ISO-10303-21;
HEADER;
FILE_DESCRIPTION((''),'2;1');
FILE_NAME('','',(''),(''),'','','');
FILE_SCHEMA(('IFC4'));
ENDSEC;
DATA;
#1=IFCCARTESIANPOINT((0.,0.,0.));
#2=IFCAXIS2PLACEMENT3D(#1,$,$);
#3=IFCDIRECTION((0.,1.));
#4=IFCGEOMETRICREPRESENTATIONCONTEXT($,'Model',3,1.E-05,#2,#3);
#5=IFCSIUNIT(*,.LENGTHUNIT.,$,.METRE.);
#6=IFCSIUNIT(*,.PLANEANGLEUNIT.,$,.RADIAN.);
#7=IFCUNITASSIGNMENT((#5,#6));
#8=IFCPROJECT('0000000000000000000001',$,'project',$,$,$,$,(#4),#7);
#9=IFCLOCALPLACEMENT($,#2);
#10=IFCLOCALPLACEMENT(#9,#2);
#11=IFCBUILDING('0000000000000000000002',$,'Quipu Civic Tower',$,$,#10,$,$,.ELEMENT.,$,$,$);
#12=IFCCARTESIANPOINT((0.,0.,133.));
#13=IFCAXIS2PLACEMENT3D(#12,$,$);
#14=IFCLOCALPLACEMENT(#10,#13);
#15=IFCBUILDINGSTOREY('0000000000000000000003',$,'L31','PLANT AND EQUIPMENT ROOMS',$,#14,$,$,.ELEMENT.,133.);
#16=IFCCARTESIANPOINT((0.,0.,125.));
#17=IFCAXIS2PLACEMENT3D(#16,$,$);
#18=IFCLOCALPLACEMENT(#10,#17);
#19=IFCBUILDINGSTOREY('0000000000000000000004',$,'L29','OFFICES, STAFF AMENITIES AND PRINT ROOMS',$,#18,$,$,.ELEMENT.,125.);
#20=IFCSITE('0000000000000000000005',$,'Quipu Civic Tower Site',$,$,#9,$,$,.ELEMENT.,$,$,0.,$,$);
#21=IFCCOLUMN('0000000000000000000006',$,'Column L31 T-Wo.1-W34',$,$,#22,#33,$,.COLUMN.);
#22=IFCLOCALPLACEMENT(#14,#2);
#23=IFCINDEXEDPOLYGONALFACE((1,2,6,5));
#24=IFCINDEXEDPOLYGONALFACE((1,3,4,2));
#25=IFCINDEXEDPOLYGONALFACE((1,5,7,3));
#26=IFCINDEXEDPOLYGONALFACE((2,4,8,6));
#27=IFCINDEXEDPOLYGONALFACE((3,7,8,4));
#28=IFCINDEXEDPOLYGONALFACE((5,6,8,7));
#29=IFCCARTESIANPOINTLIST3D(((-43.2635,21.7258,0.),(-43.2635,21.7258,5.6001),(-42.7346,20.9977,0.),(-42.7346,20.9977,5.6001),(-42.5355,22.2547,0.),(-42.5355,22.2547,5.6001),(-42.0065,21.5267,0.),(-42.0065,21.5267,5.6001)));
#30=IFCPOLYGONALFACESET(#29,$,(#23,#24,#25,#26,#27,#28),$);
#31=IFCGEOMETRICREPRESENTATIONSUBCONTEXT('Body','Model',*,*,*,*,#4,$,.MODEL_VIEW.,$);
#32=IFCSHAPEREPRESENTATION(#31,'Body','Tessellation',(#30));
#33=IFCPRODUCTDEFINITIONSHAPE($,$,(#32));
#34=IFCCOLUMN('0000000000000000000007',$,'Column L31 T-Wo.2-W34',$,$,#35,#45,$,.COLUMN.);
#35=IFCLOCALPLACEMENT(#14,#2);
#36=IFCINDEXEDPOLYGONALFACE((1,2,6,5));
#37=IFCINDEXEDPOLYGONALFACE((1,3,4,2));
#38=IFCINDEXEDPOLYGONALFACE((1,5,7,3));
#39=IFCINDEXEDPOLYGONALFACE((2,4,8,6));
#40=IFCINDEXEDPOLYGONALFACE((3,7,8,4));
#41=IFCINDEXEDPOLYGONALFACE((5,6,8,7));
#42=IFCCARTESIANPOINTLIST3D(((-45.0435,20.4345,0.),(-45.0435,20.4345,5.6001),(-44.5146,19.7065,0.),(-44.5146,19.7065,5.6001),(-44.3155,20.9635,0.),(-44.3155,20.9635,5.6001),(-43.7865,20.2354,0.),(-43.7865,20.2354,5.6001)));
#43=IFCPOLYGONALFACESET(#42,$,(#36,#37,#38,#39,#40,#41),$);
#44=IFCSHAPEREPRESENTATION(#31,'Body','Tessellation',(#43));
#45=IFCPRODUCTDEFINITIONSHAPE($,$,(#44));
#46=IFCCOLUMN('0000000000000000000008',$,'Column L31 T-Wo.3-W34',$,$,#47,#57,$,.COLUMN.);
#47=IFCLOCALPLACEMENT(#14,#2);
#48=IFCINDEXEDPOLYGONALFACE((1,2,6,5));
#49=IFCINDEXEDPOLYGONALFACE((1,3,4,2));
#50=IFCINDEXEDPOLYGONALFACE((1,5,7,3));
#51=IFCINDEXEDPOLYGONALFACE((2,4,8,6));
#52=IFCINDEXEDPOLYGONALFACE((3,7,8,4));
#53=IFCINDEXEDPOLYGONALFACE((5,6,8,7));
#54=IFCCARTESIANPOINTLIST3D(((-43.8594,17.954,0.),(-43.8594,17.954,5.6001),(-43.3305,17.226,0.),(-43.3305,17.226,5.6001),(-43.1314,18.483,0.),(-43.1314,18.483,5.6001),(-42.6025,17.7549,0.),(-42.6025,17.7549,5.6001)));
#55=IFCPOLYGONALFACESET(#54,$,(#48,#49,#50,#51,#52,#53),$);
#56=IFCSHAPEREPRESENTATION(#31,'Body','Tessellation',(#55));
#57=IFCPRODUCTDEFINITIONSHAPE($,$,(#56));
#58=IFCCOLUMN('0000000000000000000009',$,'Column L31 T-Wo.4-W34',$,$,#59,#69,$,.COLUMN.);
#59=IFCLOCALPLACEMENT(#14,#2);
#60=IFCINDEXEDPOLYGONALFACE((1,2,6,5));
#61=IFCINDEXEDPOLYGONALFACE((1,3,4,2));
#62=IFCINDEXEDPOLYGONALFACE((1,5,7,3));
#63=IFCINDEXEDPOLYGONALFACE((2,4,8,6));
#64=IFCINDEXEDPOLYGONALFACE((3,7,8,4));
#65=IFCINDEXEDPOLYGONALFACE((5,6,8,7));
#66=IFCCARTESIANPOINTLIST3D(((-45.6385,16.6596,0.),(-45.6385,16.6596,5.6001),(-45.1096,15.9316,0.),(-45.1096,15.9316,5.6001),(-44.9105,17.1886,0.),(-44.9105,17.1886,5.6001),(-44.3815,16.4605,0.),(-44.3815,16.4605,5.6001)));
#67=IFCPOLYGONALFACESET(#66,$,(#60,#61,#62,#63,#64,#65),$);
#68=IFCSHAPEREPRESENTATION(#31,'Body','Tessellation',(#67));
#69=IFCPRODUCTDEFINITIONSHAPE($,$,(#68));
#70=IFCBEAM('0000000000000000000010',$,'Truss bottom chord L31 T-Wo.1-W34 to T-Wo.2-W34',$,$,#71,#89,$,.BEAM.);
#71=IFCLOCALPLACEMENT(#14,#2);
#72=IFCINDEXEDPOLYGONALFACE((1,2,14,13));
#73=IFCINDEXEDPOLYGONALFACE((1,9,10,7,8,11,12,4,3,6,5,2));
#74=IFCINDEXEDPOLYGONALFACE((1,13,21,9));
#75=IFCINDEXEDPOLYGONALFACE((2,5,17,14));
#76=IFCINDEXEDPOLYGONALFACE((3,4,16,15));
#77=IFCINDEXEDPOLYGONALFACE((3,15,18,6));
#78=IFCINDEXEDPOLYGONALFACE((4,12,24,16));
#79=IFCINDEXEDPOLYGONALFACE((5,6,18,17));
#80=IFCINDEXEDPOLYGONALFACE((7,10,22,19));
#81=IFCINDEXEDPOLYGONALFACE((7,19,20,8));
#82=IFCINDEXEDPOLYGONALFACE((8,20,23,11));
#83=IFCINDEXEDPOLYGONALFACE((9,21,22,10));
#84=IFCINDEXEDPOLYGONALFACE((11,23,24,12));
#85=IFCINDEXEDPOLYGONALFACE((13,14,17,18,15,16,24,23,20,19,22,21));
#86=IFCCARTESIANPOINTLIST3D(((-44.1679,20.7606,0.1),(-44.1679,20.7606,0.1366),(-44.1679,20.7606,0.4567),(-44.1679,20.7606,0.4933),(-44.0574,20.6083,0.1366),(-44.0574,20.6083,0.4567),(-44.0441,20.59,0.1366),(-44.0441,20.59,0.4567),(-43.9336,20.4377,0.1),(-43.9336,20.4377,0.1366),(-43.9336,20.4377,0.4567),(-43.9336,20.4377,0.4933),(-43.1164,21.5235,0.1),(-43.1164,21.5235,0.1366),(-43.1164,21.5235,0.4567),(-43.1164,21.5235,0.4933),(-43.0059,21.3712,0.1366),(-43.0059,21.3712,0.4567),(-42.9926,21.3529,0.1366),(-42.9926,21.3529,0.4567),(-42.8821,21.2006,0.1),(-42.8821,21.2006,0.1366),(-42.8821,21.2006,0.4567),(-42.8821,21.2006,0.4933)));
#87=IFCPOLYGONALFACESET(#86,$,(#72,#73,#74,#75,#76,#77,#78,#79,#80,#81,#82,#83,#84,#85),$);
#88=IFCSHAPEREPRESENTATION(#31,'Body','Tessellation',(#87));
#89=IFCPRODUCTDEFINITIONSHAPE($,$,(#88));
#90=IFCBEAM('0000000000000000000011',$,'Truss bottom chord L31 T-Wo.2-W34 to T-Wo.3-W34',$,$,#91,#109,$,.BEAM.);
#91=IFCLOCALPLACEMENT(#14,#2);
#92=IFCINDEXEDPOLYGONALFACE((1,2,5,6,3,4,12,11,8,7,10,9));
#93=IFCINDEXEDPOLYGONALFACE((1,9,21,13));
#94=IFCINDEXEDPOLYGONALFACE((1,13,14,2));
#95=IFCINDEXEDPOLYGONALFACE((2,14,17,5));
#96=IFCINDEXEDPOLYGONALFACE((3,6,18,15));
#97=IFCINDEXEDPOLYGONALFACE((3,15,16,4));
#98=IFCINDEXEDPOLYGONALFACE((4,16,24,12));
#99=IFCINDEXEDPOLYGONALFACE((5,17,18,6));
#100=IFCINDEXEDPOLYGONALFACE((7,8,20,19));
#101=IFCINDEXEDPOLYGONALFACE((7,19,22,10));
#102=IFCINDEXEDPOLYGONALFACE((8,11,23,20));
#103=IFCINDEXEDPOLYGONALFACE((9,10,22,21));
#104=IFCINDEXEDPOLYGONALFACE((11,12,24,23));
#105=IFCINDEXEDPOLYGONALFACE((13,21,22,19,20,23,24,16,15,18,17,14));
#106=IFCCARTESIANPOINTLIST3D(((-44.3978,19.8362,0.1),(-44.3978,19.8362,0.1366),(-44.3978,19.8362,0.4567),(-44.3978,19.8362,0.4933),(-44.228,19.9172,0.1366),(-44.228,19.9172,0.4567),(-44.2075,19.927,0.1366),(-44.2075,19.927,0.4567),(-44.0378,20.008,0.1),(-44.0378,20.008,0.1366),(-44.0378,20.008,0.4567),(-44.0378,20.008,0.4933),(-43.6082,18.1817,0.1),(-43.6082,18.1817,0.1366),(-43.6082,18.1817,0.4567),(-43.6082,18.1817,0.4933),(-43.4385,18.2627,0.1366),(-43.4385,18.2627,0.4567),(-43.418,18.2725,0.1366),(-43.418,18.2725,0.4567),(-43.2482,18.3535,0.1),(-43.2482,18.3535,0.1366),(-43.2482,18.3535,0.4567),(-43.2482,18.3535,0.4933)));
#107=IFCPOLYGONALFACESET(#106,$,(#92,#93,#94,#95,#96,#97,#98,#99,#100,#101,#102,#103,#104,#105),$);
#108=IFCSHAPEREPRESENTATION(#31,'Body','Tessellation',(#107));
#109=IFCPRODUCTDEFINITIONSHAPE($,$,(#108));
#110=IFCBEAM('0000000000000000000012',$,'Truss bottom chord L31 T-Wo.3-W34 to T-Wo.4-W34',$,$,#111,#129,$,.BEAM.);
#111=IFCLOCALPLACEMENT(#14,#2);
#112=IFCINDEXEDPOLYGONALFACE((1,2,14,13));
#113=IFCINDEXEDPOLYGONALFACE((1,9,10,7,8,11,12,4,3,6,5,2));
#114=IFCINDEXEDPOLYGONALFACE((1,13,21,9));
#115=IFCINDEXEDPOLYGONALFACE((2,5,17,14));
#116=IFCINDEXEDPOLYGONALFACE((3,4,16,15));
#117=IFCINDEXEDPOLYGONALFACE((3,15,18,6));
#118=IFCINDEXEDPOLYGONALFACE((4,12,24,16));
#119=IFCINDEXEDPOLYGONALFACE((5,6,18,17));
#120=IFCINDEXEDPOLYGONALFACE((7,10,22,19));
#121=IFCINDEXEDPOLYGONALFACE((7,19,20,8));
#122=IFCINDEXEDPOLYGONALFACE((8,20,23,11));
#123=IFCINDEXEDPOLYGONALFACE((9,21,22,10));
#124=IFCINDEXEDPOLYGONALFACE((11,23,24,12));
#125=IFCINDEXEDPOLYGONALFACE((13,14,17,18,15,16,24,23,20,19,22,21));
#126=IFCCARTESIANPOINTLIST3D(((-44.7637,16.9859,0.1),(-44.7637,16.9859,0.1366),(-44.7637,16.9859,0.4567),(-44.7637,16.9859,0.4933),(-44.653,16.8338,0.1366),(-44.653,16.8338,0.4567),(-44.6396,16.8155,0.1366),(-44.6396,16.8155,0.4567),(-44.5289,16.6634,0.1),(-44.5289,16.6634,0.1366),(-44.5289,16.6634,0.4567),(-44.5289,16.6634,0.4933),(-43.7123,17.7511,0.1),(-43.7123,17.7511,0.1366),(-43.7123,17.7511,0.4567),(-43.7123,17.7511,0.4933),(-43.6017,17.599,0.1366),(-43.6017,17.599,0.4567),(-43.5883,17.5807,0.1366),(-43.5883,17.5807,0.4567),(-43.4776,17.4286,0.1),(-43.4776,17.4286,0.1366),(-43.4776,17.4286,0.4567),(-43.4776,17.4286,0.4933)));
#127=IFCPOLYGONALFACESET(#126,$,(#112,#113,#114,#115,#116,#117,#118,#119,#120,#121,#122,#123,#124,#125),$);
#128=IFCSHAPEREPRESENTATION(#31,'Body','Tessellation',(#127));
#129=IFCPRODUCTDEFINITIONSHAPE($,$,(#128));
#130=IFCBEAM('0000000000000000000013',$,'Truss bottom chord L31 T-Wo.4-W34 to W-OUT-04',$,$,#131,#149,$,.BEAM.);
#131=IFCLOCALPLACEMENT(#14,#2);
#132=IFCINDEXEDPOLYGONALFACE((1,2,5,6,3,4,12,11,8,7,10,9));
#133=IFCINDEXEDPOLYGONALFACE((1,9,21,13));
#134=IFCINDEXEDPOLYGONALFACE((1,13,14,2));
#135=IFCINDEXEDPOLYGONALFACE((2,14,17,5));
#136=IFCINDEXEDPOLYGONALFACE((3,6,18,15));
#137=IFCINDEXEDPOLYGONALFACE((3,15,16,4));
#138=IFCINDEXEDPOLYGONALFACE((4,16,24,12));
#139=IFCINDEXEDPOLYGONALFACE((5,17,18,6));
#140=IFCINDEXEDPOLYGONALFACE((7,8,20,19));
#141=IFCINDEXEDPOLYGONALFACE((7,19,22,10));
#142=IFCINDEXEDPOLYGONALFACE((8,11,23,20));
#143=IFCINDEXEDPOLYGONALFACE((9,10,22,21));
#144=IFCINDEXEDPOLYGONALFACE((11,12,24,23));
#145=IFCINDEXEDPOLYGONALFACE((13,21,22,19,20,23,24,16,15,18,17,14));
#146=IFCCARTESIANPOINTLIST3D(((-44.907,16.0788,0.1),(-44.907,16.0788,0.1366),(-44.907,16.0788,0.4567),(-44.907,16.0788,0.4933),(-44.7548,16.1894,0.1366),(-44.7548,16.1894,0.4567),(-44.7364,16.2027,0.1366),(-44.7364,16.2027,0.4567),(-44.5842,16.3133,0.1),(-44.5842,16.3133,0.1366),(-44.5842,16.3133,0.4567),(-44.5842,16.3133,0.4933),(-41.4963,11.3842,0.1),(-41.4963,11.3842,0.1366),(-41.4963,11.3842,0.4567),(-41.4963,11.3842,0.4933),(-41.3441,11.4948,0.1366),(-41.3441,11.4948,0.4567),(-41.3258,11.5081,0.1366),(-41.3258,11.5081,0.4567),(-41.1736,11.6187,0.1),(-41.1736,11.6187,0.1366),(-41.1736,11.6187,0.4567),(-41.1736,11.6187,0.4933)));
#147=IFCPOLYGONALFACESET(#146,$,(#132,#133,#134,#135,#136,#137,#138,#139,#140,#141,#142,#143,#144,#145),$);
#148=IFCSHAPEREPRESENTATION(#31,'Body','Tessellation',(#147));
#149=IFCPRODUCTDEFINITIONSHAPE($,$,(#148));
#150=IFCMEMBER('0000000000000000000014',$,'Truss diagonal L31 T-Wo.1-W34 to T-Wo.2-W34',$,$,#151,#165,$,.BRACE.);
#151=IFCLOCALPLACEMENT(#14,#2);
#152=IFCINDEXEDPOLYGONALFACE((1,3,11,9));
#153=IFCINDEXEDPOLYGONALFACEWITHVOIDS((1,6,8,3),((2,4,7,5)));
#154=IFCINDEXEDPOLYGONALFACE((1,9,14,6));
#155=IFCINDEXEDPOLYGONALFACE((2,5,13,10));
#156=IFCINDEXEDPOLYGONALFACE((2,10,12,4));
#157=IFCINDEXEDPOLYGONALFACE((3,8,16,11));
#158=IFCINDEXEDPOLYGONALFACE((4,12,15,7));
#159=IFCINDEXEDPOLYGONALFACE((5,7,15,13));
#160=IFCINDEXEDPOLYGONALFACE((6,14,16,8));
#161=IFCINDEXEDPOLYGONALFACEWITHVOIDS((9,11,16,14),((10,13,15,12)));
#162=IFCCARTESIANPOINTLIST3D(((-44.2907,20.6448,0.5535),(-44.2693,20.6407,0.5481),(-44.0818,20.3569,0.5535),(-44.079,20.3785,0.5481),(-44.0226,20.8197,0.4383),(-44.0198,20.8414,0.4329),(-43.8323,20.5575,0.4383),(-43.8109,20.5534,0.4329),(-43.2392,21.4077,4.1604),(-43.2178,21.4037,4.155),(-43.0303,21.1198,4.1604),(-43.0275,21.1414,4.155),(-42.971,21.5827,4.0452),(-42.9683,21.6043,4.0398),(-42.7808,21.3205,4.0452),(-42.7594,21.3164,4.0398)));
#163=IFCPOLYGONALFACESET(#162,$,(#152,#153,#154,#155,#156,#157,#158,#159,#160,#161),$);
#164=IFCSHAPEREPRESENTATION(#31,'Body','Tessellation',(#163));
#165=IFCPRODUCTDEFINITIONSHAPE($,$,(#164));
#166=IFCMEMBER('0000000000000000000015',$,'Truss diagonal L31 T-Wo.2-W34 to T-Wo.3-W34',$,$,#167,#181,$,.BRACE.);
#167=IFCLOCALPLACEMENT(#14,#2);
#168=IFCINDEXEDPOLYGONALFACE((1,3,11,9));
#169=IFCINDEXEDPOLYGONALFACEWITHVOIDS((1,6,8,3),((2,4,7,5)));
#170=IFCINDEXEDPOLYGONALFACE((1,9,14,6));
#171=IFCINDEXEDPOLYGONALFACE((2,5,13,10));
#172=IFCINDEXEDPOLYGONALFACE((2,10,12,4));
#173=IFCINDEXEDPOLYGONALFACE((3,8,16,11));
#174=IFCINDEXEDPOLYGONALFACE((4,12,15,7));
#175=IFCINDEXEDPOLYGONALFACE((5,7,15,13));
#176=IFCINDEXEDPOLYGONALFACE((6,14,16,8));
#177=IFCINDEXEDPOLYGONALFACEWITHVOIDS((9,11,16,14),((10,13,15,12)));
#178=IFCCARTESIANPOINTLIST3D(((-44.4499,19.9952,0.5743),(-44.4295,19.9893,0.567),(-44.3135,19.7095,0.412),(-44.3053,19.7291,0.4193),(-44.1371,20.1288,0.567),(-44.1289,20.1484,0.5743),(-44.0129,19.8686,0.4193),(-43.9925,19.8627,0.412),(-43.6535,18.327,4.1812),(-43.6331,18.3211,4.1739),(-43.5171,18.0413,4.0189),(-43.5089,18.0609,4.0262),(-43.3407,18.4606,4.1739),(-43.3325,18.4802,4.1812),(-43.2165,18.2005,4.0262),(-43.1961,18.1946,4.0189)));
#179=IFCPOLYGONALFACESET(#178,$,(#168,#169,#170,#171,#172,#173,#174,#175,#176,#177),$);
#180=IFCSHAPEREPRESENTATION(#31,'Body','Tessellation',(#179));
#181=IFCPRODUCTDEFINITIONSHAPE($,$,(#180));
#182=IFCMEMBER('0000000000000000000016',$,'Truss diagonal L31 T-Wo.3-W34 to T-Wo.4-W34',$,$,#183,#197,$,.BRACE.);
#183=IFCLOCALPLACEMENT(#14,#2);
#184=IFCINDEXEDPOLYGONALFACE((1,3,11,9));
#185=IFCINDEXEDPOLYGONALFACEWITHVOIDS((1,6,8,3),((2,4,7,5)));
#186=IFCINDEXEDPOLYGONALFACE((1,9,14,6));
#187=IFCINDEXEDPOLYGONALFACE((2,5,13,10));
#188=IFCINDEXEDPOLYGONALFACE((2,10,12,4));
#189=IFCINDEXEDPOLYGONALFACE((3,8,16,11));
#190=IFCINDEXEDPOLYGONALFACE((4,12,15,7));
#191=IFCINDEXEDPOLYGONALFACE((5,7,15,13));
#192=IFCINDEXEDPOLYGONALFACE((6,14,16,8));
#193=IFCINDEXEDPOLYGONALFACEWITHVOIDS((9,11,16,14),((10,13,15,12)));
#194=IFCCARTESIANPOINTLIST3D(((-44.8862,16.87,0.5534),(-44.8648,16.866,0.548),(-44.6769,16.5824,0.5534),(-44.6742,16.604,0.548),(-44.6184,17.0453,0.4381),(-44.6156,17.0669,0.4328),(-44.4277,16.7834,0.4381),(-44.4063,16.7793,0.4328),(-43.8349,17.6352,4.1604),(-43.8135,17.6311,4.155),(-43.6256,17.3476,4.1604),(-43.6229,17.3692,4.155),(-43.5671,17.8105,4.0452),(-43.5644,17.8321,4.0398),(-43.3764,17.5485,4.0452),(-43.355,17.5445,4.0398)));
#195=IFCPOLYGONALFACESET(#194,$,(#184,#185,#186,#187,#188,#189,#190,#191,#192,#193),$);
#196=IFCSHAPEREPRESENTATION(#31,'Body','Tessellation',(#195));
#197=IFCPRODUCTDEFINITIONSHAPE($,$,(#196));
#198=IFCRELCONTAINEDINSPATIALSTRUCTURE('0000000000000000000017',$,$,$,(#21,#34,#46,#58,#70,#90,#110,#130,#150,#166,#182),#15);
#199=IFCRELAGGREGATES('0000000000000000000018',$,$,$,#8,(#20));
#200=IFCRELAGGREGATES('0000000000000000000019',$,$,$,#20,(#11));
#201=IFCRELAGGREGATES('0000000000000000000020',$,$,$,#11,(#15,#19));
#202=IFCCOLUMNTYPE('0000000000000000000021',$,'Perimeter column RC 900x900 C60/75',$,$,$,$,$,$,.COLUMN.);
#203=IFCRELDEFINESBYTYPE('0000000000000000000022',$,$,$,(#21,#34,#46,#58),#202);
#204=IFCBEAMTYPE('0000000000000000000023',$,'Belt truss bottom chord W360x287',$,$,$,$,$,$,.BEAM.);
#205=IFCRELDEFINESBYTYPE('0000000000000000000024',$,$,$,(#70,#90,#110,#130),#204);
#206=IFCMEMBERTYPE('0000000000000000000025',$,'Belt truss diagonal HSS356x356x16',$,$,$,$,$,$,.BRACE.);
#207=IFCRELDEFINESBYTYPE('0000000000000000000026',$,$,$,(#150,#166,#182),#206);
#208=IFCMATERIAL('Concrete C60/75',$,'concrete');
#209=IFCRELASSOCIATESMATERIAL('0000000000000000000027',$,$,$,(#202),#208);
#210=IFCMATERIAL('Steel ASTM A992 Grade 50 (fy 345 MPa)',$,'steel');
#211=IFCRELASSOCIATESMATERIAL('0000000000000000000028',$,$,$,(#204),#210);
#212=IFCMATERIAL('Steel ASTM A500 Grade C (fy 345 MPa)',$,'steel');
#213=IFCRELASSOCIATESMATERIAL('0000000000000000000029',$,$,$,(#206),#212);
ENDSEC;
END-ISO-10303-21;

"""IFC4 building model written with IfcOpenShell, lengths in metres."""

from ifc_helpers import new_model, si_unit, direction, frame, origin, origin_2d, place, context, subcontext, project, spatial, rectangle, hollow_rectangle, i_section, extrude, material, material_profile, profile_set, type_object, element, save


model = new_model("IFC4")

# Units and contexts
model_context = context("Model", 3, precision=1e-05, world=origin(), true_north=direction((0.0, 1.0)))
body_context = subcontext(model_context, "Body", "Model", "MODEL_VIEW")
ifc_project = project(units=[si_unit("LENGTHUNIT", "METRE"), si_unit("PLANEANGLEUNIT", "RADIAN")], contexts=[model_context])

# Site, building, storey
site_placement = place(None, origin())
site = spatial("IfcSite", under=ifc_project, at=site_placement, Name="Quipu Civic Tower Site", CompositionType="ELEMENT", RefElevation=0.0)
building_placement = place(site_placement, origin())
building = spatial("IfcBuilding", under=site, at=building_placement, Name="Quipu Civic Tower", CompositionType="ELEMENT")
storey_1_placement = place(building_placement, frame((0.0, 0.0, 133.0)))
storey_1 = spatial("IfcBuildingStorey", under=building, at=storey_1_placement, Name="L31", Description="PLANT AND EQUIPMENT ROOMS", CompositionType="ELEMENT", Elevation=133.0)

# Columns
ifc_material_1 = material(Name="Concrete C60/75", Category="concrete")
ifc_material_profile_1 = material_profile(ifc_material_1, rectangle(XDim=0.8999, YDim=0.8999, at=origin_2d()), Name="RC900x900")
ifc_profile_set_1 = profile_set([ifc_material_profile_1], Name="Concrete C60/75")
column_type = type_object("IfcColumnType", Name="Perimeter column RC 900x900 C60/75", PredefinedType="COLUMN", material=ifc_profile_set_1)
for number, where, z_axis, x_axis, name in (
    (1, (-42.635, 21.6262, 0.0), (0.0, 0.0, 1.0), (-0.809017, -0.587785, 0.0), "Column L31 T-Wo.1-W34"),
    (2, (-44.415, 20.335, 0.0), (0.0, 0.0, 1.0), (0.587785, -0.809017, 0.0), "Column L31 T-Wo.2-W34"),
    (3, (-43.231, 17.8545, 0.0), (0.0, 0.0, 1.0), (0.587785, -0.809017, 0.0), "Column L31 T-Wo.3-W34"),
    (4, (-45.01, 16.5601, 0.0), (0.0, 0.0, 1.0), (0.587785, -0.809017, 0.0), "Column L31 T-Wo.4-W34"),
):
    element("IfcColumn", number, at=place(storey_1_placement, frame(where, z_axis=z_axis, x_axis=x_axis)), inside=storey_1, type_object=column_type, Name=name, PredefinedType="COLUMN", context=body_context, shape_type="SweptSolid", body=[
        extrude(rectangle(XDim=0.8999, YDim=0.8999, at=origin_2d()), origin(), (0.0, 0.0, 1.0), 5.6001),
    ])

# Beams
ifc_material_2 = material(Name="Steel ASTM A992 Grade 50 (fy 345 MPa)", Category="steel")
ifc_material_profile_2 = material_profile(ifc_material_2, i_section(OverallWidth=0.3989, OverallDepth=0.3933, WebThickness=0.0227, FlangeThickness=0.0366, at=origin_2d()), Name="W360x287")
ifc_profile_set_2 = profile_set([ifc_material_profile_2], Name="Steel ASTM A992 Grade 50 (fy 345 MPa)")
beam_type_1 = type_object("IfcBeamType", Name="Belt truss bottom chord W360x287", PredefinedType="BEAM", material=ifc_profile_set_2)
beam_1_placement = place(storey_1_placement, frame((-42.9993, 21.3621, 0.2966), z_axis=(-0.809394, -0.587266, 0.0), x_axis=(0.587266, -0.809394, 0.0)))
element("IfcBeam", 5, at=beam_1_placement, inside=storey_1, type_object=beam_type_1, Name="Truss bottom chord L31 T-Wo.1-W34 to T-Wo.2-W34", PredefinedType="BEAM", context=body_context, shape_type="SweptSolid", body=[
    extrude(i_section(OverallWidth=0.3989, OverallDepth=0.3933, WebThickness=0.0227, FlangeThickness=0.0366, at=origin_2d()), origin(), (0.0, 0.0, 1.0), 1.2991),
])
beam_2_placement = place(storey_1_placement, frame((-44.2178, 19.9221, 0.2966), z_axis=(0.430678, -0.902506, 0.0), x_axis=(0.902506, 0.430678, 0.0)))
element("IfcBeam", 6, at=beam_2_placement, inside=storey_1, type_object=beam_type_1, Name="Truss bottom chord L31 T-Wo.2-W34 to T-Wo.3-W34", PredefinedType="BEAM", context=body_context, shape_type="SweptSolid", body=[
    extrude(i_section(OverallWidth=0.3989, OverallDepth=0.3933, WebThickness=0.0227, FlangeThickness=0.0366, at=origin_2d()), origin(), (0.0, 0.0, 1.0), 1.8333),
])
beam_3_placement = place(storey_1_placement, frame((-43.595, 17.5898, 0.2966), z_axis=(-0.808525, -0.588462, 0.0), x_axis=(0.588462, -0.808525, 0.0)))
element("IfcBeam", 7, at=beam_3_placement, inside=storey_1, type_object=beam_type_1, Name="Truss bottom chord L31 T-Wo.3-W34 to T-Wo.4-W34", PredefinedType="BEAM", context=body_context, shape_type="SweptSolid", body=[
    extrude(i_section(OverallWidth=0.3989, OverallDepth=0.3933, WebThickness=0.0227, FlangeThickness=0.0366, at=origin_2d()), origin(), (0.0, 0.0, 1.0), 1.3003),
])
beam_4_placement = place(storey_1_placement, frame((-44.7456, 16.196, 0.2966), z_axis=(0.587766, -0.809031, 0.0), x_axis=(0.809031, 0.587766, 0.0)))
element("IfcBeam", 8, at=beam_4_placement, inside=storey_1, type_object=beam_type_1, Name="Truss bottom chord L31 T-Wo.4-W34 to W-OUT-04", PredefinedType="BEAM", context=body_context, shape_type="SweptSolid", body=[
    extrude(i_section(OverallWidth=0.3989, OverallDepth=0.3933, WebThickness=0.0227, FlangeThickness=0.0366, at=origin_2d()), origin(), (0.0, 0.0, 1.0), 5.8027),
])

# Members
ifc_material_3 = material(Name="Steel ASTM A500 Grade C (fy 345 MPa)", Category="steel")
ifc_material_profile_3 = material_profile(ifc_material_3, hollow_rectangle(XDim=0.3557, YDim=0.3557, WallThickness=0.0159, at=origin_2d()), Name="HSS356x356x16")
ifc_profile_set_3 = profile_set([ifc_material_profile_3], Name="Steel ASTM A500 Grade C (fy 345 MPa)")
member_type_1 = type_object("IfcMemberType", Name="Belt truss diagonal HSS356x356x16", PredefinedType="BRACE", material=ifc_profile_set_3)
member_1_placement = place(storey_1_placement, frame((-42.9993, 21.3621, 4.1001), z_axis=(-0.274277, -0.199005, -0.940834), x_axis=(0.587266, -0.809394, 0.0)))
element("IfcMember", 9, at=member_1_placement, inside=storey_1, type_object=member_type_1, Name="Truss diagonal L31 T-Wo.1-W34 to T-Wo.2-W34", PredefinedType="BRACE", context=body_context, shape_type="SweptSolid", body=[
    extrude(hollow_rectangle(XDim=0.3557, YDim=0.3557, WallThickness=0.0159, at=origin_2d()), origin(), (0.0, 0.0, 1.0), 3.8337),
])
member_2_placement = place(storey_1_placement, frame((-44.2212, 19.929, 0.4932), z_axis=(0.196491, -0.411595, 0.889933), x_axis=(0.90244, 0.430815, 0.0)))
element("IfcMember", 10, at=member_2_placement, inside=storey_1, type_object=member_type_1, Name="Truss diagonal L31 T-Wo.2-W34 to T-Wo.3-W34", PredefinedType="BRACE", context=body_context, shape_type="SweptSolid", body=[
    extrude(hollow_rectangle(XDim=0.3557, YDim=0.3557, WallThickness=0.0159, at=origin_2d()), origin(), (0.0, 0.0, 1.0), 4.053),
])
member_3_placement = place(storey_1_placement, frame((-43.595, 17.5898, 4.1001), z_axis=(-0.274187, -0.199559, -0.940743), x_axis=(0.588462, -0.808525, 0.0)))
element("IfcMember", 11, at=member_3_placement, inside=storey_1, type_object=member_type_1, Name="Truss diagonal L31 T-Wo.3-W34 to T-Wo.4-W34", PredefinedType="BRACE", context=body_context, shape_type="SweptSolid", body=[
    extrude(hollow_rectangle(XDim=0.3557, YDim=0.3557, WallThickness=0.0159, at=origin_2d()), origin(), (0.0, 0.0, 1.0), 3.8342),
])

# Shared definitions
storey_2_placement = place(building_placement, frame((0.0, 0.0, 125.0)))
storey_2 = spatial("IfcBuildingStorey", under=building, at=storey_2_placement, Name="L29", Description="OFFICES, STAFF AMENITIES AND PRINT ROOMS", CompositionType="ELEMENT", Elevation=125.0)

save(model, "model.ifc")
